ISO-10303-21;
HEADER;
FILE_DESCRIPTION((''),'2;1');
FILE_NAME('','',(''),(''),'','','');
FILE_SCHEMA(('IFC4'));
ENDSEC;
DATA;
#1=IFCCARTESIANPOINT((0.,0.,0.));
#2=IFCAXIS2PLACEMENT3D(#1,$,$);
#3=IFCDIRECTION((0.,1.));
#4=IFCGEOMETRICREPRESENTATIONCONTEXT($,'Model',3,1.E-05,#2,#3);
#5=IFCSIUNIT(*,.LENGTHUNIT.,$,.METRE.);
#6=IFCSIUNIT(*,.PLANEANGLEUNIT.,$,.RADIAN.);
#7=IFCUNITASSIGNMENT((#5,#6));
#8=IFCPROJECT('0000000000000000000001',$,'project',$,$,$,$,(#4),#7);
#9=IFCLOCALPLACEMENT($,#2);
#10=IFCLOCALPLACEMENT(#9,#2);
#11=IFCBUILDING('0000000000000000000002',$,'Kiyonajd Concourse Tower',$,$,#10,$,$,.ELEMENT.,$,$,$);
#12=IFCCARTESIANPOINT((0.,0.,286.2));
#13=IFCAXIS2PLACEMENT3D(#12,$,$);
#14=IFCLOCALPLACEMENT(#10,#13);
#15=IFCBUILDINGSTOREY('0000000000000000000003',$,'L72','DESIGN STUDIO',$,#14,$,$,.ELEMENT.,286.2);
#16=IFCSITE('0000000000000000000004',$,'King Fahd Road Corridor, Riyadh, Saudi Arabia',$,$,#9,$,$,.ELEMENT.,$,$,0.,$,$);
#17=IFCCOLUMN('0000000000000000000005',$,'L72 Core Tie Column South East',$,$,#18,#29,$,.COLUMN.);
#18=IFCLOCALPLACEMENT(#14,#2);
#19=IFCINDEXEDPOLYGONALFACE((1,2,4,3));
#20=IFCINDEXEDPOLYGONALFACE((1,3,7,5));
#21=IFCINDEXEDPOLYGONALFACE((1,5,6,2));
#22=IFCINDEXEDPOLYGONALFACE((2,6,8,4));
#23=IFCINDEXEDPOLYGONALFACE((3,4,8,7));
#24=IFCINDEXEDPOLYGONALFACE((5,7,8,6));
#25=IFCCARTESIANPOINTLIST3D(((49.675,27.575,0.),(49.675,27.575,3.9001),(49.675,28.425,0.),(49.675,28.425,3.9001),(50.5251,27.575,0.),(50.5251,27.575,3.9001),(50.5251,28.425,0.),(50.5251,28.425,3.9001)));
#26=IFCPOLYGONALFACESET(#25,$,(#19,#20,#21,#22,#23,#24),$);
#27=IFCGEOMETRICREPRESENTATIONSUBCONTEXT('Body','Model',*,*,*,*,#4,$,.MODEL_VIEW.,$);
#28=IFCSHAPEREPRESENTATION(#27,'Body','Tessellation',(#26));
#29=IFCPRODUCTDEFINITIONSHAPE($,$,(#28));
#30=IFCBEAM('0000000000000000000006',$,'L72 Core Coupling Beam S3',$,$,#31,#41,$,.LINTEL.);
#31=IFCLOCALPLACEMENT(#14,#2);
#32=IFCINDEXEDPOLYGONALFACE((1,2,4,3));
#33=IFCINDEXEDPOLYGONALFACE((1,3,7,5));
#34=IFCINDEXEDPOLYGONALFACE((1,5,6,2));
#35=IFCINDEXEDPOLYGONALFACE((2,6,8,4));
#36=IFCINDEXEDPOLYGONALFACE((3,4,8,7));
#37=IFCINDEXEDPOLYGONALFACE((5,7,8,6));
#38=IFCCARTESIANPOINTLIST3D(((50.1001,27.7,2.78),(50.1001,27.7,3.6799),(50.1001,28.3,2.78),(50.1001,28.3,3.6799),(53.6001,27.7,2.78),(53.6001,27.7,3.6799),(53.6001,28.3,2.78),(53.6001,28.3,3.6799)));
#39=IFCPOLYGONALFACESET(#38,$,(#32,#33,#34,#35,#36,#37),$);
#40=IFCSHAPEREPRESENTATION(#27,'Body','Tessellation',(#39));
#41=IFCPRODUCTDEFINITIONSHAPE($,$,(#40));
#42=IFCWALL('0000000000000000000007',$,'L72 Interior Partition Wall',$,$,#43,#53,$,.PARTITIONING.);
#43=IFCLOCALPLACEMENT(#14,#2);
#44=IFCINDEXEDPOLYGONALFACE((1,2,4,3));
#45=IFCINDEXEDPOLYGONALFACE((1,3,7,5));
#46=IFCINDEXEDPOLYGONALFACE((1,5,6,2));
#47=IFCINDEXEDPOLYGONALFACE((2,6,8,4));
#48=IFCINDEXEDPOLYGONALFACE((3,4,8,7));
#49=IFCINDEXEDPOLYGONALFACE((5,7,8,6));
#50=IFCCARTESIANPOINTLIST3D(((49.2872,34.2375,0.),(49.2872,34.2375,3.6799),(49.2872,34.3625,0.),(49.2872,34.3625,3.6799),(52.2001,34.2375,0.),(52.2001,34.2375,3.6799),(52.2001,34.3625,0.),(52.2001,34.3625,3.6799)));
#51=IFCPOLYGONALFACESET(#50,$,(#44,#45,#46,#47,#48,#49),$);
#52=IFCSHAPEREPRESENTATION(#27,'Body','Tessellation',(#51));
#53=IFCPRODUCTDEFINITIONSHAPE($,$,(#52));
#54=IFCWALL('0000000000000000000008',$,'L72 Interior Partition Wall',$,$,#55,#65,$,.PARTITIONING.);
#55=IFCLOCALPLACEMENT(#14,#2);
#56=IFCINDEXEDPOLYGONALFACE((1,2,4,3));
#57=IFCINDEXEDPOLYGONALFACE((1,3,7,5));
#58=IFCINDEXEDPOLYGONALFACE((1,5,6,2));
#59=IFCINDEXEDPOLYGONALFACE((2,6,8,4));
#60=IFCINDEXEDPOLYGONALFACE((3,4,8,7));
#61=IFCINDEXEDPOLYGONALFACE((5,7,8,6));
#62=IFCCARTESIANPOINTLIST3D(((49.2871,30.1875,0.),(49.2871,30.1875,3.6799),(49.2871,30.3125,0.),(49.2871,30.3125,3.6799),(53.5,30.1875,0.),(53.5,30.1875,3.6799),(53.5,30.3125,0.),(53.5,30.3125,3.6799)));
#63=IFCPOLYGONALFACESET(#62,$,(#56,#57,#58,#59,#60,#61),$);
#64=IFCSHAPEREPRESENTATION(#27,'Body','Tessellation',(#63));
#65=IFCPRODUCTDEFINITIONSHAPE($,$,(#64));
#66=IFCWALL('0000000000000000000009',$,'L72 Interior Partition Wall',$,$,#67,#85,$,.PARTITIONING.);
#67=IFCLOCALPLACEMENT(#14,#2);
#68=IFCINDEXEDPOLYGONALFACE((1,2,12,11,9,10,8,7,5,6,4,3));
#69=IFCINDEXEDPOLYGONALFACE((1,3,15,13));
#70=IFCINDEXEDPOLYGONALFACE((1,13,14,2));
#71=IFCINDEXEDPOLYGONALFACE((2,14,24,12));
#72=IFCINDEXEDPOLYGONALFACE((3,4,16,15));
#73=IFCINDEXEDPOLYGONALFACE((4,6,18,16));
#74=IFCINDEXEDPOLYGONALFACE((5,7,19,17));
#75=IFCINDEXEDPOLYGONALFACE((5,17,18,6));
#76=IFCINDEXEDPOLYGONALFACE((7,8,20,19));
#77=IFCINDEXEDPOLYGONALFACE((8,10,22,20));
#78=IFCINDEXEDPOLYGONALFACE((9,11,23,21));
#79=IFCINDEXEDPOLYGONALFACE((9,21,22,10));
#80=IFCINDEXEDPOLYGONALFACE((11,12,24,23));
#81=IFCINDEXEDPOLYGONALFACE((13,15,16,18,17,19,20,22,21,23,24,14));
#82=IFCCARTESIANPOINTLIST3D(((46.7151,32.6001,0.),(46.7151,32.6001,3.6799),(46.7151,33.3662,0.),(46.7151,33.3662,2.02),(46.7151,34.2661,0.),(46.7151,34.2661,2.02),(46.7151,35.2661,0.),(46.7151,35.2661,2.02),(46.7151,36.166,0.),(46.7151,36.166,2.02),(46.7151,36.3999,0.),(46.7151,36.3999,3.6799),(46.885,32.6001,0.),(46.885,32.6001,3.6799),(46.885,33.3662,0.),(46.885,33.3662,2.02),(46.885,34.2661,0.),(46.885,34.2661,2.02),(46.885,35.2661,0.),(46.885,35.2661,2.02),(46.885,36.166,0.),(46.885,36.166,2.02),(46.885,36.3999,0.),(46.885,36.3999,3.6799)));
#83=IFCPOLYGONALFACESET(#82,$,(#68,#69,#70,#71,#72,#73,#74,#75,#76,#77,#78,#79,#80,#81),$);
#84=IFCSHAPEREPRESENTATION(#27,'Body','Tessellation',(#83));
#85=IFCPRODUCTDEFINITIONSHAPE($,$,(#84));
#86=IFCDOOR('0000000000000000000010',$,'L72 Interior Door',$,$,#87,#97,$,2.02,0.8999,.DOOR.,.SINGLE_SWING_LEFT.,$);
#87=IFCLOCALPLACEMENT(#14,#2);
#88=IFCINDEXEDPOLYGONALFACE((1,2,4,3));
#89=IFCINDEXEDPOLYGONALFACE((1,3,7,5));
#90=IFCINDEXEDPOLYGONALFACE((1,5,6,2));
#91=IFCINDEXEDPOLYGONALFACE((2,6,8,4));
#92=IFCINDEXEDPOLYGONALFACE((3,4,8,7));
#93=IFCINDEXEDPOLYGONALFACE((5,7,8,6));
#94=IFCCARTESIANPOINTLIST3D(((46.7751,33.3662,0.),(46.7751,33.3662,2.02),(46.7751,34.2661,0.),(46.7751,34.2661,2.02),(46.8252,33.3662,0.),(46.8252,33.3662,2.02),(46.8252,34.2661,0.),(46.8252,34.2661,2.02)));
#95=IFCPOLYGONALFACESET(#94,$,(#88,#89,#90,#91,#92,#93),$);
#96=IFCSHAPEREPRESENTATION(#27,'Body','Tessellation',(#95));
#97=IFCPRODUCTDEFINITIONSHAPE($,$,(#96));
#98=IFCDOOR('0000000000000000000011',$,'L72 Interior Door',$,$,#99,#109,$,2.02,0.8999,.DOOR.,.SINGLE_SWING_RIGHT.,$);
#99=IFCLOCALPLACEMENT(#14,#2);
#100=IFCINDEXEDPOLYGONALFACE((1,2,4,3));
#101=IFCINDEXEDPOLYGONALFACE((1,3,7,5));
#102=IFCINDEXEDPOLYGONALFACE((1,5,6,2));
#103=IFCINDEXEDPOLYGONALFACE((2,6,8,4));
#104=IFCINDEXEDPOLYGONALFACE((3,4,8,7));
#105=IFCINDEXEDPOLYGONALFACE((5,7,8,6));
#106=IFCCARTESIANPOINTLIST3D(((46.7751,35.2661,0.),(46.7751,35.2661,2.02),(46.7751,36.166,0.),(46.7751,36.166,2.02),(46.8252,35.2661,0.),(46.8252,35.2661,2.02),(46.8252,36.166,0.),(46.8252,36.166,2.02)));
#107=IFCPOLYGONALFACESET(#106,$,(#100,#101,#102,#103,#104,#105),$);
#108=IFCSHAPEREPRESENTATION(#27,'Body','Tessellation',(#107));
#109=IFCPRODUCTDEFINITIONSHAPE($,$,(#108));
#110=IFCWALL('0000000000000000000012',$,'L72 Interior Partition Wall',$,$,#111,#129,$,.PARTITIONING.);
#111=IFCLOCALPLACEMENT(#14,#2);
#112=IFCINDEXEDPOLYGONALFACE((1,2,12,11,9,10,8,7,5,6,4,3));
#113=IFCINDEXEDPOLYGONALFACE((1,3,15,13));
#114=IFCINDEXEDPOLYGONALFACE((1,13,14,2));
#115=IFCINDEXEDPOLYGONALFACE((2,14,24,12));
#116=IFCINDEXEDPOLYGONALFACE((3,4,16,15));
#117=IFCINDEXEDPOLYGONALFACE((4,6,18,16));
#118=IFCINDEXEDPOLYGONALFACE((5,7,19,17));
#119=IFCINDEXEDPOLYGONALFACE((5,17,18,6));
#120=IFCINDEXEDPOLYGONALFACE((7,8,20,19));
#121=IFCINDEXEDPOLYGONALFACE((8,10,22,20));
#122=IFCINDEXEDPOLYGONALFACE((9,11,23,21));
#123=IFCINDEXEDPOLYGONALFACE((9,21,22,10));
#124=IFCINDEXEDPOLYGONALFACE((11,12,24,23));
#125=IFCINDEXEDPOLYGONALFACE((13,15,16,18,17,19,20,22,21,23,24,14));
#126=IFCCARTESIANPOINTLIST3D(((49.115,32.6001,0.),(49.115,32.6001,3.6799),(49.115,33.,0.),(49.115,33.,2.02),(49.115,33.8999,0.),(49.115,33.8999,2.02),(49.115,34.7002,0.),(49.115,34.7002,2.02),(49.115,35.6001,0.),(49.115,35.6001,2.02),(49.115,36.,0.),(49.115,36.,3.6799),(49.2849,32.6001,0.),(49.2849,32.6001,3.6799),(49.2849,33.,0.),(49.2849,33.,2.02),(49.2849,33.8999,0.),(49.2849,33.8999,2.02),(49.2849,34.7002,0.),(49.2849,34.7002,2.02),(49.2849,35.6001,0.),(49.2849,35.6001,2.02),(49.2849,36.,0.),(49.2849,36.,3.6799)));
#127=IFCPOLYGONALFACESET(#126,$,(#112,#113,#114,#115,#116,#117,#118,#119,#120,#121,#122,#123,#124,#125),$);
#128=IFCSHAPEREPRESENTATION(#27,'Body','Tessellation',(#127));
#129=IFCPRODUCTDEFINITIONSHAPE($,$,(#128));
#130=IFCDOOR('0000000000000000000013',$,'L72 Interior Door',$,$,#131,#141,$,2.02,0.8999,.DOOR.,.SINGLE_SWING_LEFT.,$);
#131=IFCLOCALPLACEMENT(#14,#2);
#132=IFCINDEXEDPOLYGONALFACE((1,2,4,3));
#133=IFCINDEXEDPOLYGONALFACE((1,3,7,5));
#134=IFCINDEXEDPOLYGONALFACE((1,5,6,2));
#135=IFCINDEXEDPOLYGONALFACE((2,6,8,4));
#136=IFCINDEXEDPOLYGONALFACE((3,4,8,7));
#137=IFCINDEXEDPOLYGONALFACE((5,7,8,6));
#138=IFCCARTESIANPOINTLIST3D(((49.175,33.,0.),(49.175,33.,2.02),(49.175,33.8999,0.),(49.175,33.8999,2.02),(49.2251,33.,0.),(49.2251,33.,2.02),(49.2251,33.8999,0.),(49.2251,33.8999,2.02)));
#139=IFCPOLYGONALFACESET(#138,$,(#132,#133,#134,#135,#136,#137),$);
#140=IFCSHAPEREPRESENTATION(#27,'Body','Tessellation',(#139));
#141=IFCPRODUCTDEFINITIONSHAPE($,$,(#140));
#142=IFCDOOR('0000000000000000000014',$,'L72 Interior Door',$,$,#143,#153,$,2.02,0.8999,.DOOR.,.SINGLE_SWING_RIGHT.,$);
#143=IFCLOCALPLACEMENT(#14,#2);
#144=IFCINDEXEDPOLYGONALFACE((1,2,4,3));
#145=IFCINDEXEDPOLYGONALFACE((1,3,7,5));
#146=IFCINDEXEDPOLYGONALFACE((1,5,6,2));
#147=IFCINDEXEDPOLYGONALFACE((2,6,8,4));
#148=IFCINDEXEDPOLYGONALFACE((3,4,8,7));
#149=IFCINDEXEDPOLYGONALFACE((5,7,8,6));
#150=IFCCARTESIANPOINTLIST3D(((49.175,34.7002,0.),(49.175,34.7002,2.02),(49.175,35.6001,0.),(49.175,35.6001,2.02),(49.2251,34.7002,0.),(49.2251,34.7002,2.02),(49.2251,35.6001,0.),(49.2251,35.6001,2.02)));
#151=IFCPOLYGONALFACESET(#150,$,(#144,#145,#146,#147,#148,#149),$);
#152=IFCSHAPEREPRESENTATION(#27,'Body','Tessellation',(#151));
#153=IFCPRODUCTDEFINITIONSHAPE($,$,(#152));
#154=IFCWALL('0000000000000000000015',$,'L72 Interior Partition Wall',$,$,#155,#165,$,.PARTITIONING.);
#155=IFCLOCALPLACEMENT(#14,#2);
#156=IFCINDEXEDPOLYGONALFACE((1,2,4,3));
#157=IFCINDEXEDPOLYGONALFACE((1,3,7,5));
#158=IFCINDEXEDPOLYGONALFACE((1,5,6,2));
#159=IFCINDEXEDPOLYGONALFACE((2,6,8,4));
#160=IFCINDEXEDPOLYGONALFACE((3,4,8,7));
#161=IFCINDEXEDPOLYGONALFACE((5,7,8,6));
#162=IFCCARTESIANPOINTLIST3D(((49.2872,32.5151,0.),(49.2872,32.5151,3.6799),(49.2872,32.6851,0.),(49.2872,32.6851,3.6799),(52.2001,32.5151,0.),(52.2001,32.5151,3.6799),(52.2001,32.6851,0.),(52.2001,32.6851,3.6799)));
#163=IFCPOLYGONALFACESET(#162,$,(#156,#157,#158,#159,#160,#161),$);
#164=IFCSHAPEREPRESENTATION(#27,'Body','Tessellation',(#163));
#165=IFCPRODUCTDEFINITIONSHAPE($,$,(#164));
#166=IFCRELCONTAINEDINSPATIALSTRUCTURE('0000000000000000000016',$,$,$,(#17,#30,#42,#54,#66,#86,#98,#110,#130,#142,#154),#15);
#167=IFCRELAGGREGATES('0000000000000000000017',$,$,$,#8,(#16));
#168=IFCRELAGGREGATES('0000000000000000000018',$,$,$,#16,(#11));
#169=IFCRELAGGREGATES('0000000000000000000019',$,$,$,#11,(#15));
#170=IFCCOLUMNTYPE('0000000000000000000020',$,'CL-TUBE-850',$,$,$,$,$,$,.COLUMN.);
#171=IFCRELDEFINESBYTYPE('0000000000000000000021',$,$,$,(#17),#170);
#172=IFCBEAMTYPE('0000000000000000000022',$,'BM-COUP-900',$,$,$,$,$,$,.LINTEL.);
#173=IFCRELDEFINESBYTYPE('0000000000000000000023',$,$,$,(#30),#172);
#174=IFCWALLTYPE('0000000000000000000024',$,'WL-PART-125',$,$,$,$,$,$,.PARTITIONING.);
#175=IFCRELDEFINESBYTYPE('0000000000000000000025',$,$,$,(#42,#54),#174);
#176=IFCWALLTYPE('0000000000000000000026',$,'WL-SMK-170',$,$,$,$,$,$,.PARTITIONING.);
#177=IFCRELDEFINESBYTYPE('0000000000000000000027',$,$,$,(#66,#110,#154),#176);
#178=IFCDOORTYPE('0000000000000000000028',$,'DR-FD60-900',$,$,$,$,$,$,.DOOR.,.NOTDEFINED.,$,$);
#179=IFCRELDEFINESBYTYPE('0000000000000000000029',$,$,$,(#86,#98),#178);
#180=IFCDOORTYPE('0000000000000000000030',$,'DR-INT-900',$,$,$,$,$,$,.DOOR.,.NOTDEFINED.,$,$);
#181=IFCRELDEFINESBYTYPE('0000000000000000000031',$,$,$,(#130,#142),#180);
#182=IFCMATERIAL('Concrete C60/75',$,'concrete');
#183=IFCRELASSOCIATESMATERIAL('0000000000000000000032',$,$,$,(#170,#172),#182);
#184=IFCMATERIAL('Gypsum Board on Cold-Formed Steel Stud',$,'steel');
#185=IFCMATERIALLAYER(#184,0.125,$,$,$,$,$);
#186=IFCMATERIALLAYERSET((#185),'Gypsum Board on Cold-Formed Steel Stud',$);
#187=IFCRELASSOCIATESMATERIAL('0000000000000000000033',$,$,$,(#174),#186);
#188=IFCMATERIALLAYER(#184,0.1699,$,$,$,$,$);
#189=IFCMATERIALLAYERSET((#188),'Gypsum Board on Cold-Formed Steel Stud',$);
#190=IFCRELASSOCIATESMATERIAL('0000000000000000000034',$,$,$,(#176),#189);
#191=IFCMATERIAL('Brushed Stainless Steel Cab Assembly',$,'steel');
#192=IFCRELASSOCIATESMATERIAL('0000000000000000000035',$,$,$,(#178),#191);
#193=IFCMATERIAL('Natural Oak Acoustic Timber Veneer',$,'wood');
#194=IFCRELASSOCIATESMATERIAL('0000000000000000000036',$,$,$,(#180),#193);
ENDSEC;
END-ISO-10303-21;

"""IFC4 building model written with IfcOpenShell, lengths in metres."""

from ifc_helpers import new_model, si_unit, direction, frame, frame_2d, origin, origin_2d, place, context, subcontext, project, spatial, rectangle, extrude, material, layer, layer_set, material_profile, profile_set, type_object, element, fill, save


model = new_model("IFC4")

# Units and contexts
model_context = context("Model", 3, precision=1e-05, world=origin(), true_north=direction((0.0, 1.0)))
body_context = subcontext(model_context, "Body", "Model", "MODEL_VIEW")
ifc_project = project(units=[si_unit("LENGTHUNIT", "METRE"), si_unit("PLANEANGLEUNIT", "RADIAN")], contexts=[model_context])

# Site, building, storey
site_placement = place(None, origin())
site = spatial("IfcSite", under=ifc_project, at=site_placement, Name="King Fahd Road Corridor, Riyadh, Saudi Arabia", CompositionType="ELEMENT", RefElevation=0.0)
building_placement = place(site_placement, origin())
building = spatial("IfcBuilding", under=site, at=building_placement, Name="Kiyonajd Concourse Tower", CompositionType="ELEMENT")
storey_placement = place(building_placement, frame((0.0, 0.0, 286.2)))
storey = spatial("IfcBuildingStorey", under=building, at=storey_placement, Name="L72", Description="DESIGN STUDIO", CompositionType="ELEMENT", Elevation=286.2)

# Column
ifc_material_1 = material(Name="Concrete C60/75", Category="concrete")
ifc_material_profile_1 = material_profile(ifc_material_1, rectangle(XDim=0.8501, YDim=0.8501, at=origin_2d()), Name="RC-850x850")
ifc_profile_set_1 = profile_set([ifc_material_profile_1], Name="Concrete C60/75")
column_type = type_object("IfcColumnType", Name="CL-TUBE-850", PredefinedType="COLUMN", material=ifc_profile_set_1)
column_placement = place(storey_placement, frame((50.1001, 28.0, 0.0), z_axis=(0.0, 0.0, 1.0), x_axis=(1.0, 0.0, 0.0)))
element("IfcColumn", 1, at=column_placement, inside=storey, type_object=column_type, Name="L72 Core Tie Column South East", PredefinedType="COLUMN", context=body_context, shape_type="SweptSolid", body=[
    extrude(rectangle(XDim=0.8501, YDim=0.8501, at=origin_2d()), origin(), (0.0, 0.0, 1.0), 3.9001),
])

# Beam
ifc_material_profile_2 = material_profile(ifc_material_1, rectangle(XDim=0.6001, YDim=0.8999, at=origin_2d()), Name="RCBM-600x900")
ifc_profile_set_2 = profile_set([ifc_material_profile_2], Name="Concrete C60/75")
beam_type = type_object("IfcBeamType", Name="BM-COUP-900", PredefinedType="LINTEL", material=ifc_profile_set_2)
beam_placement = place(storey_placement, frame((50.1001, 28.0, 3.23), z_axis=(1.0, 0.0, 0.0), x_axis=(0.0, 1.0, 0.0)))
element("IfcBeam", 2, at=beam_placement, inside=storey, type_object=beam_type, Name="L72 Core Coupling Beam S3", PredefinedType="LINTEL", context=body_context, shape_type="SweptSolid", body=[
    extrude(rectangle(XDim=0.6001, YDim=0.8999, at=origin_2d()), origin(), (0.0, 0.0, 1.0), 3.5),
])

# Walls
ifc_material_2 = material(Name="Gypsum Board on Cold-Formed Steel Stud", Category="steel")
ifc_layer_1 = layer(ifc_material_2, 0.125)
ifc_layer_set_1 = layer_set([ifc_layer_1], Name="Gypsum Board on Cold-Formed Steel Stud")
wall_type_1 = type_object("IfcWallType", Name="WL-PART-125", PredefinedType="PARTITIONING", material=ifc_layer_set_1)
wall_1_placement = place(storey_placement, frame((49.2871, 34.3, 0.0), z_axis=(0.0, 0.0, 1.0), x_axis=(1.0, 0.0, 0.0)))
element("IfcWall", 3, at=wall_1_placement, inside=storey, type_object=wall_type_1, Name="L72 Interior Partition Wall", PredefinedType="PARTITIONING", context=body_context, shape_type="SweptSolid", body=[
    extrude(rectangle(XDim=2.9128, YDim=0.125, at=frame_2d((1.4565, 0.0))), origin(), (0.0, 0.0, 1.0), 3.6799),
])
wall_2_placement = place(storey_placement, frame((49.2871, 30.25, 0.0), z_axis=(0.0, 0.0, 1.0), x_axis=(1.0, 0.0, 0.0)))
element("IfcWall", 4, at=wall_2_placement, inside=storey, type_object=wall_type_1, Name="L72 Interior Partition Wall", PredefinedType="PARTITIONING", context=body_context, shape_type="SweptSolid", body=[
    extrude(rectangle(XDim=4.2129, YDim=0.125, at=frame_2d((2.1064, 0.0))), origin(), (0.0, 0.0, 1.0), 3.6799),
])

# Walls, openings, doors
ifc_layer_2 = layer(ifc_material_2, 0.1699)
ifc_layer_set_2 = layer_set([ifc_layer_2], Name="Gypsum Board on Cold-Formed Steel Stud")
wall_type_2 = type_object("IfcWallType", Name="WL-SMK-170", PredefinedType="PARTITIONING", material=ifc_layer_set_2)
wall_3_placement = place(storey_placement, frame((46.8, 32.6001, 0.0), z_axis=(0.0, 0.0, 1.0), x_axis=(0.0, 1.0, 0.0)))
wall_3 = element("IfcWall", 5, at=wall_3_placement, inside=storey, type_object=wall_type_2, Name="L72 Interior Partition Wall", PredefinedType="PARTITIONING", context=body_context, shape_type="SweptSolid", body=[
    extrude(rectangle(XDim=3.7998, YDim=0.1699, at=frame_2d((1.8999, 0.0))), origin(), (0.0, 0.0, 1.0), 3.6799),
])
opening_1_placement = place(wall_3_placement, frame((0.7661, 0.0, 0.0)))
opening_1 = element("IfcOpeningElement", 6, at=opening_1_placement, cuts=wall_3, PredefinedType="OPENING", context=body_context, shape_type="SweptSolid", body=[
    extrude(rectangle(XDim=0.8999, YDim=2.02, at=frame_2d((0.45, 1.01))), frame((0.0, 0.095, 0.0), z_axis=(0.0, -1.0, 0.0), x_axis=(1.0, 0.0, 0.0)), (0.0, 0.0, 1.0), 0.1899),
])
opening_2_placement = place(wall_3_placement, frame((2.666, 0.0, 0.0)))
opening_2 = element("IfcOpeningElement", 7, at=opening_2_placement, cuts=wall_3, PredefinedType="OPENING", context=body_context, shape_type="SweptSolid", body=[
    extrude(rectangle(XDim=0.8999, YDim=2.02, at=frame_2d((0.45, 1.01))), frame((0.0, 0.095, 0.0), z_axis=(0.0, -1.0, 0.0), x_axis=(1.0, 0.0, 0.0)), (0.0, 0.0, 1.0), 0.1899),
])
ifc_material_3 = material(Name="Brushed Stainless Steel Cab Assembly", Category="steel")
door_type_1 = type_object("IfcDoorType", Name="DR-FD60-900", OperationType="NOTDEFINED", PredefinedType="DOOR", material=ifc_material_3)
door_1_placement = place(opening_1_placement, origin())
door_1 = element("IfcDoor", 8, at=door_1_placement, inside=storey, type_object=door_type_1, Name="L72 Interior Door", OperationType="SINGLE_SWING_LEFT", OverallHeight=2.02, OverallWidth=0.8999, PredefinedType="DOOR", context=body_context, shape_type="SweptSolid", body=[
    extrude(rectangle(XDim=0.8999, YDim=2.02, at=frame_2d((0.45, 1.01))), frame((0.0, 0.0249, 0.0), z_axis=(0.0, -1.0, 0.0), x_axis=(1.0, 0.0, 0.0)), (0.0, 0.0, 1.0), 0.05),
])
fill(opening_1, door_1)
door_2_placement = place(opening_2_placement, origin())
door_2 = element("IfcDoor", 9, at=door_2_placement, inside=storey, type_object=door_type_1, Name="L72 Interior Door", OperationType="SINGLE_SWING_RIGHT", OverallHeight=2.02, OverallWidth=0.8999, PredefinedType="DOOR", context=body_context, shape_type="SweptSolid", body=[
    extrude(rectangle(XDim=0.8999, YDim=2.02, at=frame_2d((0.45, 1.01))), frame((0.0, 0.0249, 0.0), z_axis=(0.0, -1.0, 0.0), x_axis=(1.0, 0.0, 0.0)), (0.0, 0.0, 1.0), 0.05),
])
fill(opening_2, door_2)
wall_4_placement = place(storey_placement, frame((49.2, 32.6001, 0.0), z_axis=(0.0, 0.0, 1.0), x_axis=(0.0, 1.0, 0.0)))
wall_4 = element("IfcWall", 10, at=wall_4_placement, inside=storey, type_object=wall_type_2, Name="L72 Interior Partition Wall", PredefinedType="PARTITIONING", context=body_context, shape_type="SweptSolid", body=[
    extrude(rectangle(XDim=3.3999, YDim=0.1699, at=frame_2d((1.7, 0.0))), origin(), (0.0, 0.0, 1.0), 3.6799),
])
opening_3_placement = place(wall_4_placement, frame((0.3999, 0.0, 0.0)))
opening_3 = element("IfcOpeningElement", 11, at=opening_3_placement, cuts=wall_4, PredefinedType="OPENING", context=body_context, shape_type="SweptSolid", body=[
    extrude(rectangle(XDim=0.8999, YDim=2.02, at=frame_2d((0.45, 1.01))), frame((0.0, 0.095, 0.0), z_axis=(0.0, -1.0, 0.0), x_axis=(1.0, 0.0, 0.0)), (0.0, 0.0, 1.0), 0.1899),
])
opening_4_placement = place(wall_4_placement, frame((2.1001, 0.0, 0.0)))
opening_4 = element("IfcOpeningElement", 12, at=opening_4_placement, cuts=wall_4, PredefinedType="OPENING", context=body_context, shape_type="SweptSolid", body=[
    extrude(rectangle(XDim=0.8999, YDim=2.02, at=frame_2d((0.45, 1.01))), frame((0.0, 0.095, 0.0), z_axis=(0.0, -1.0, 0.0), x_axis=(1.0, 0.0, 0.0)), (0.0, 0.0, 1.0), 0.1899),
])
ifc_material_4 = material(Name="Natural Oak Acoustic Timber Veneer", Category="wood")
door_type_2 = type_object("IfcDoorType", Name="DR-INT-900", OperationType="NOTDEFINED", PredefinedType="DOOR", material=ifc_material_4)
door_3_placement = place(opening_3_placement, origin())
door_3 = element("IfcDoor", 13, at=door_3_placement, inside=storey, type_object=door_type_2, Name="L72 Interior Door", OperationType="SINGLE_SWING_LEFT", OverallHeight=2.02, OverallWidth=0.8999, PredefinedType="DOOR", context=body_context, shape_type="SweptSolid", body=[
    extrude(rectangle(XDim=0.8999, YDim=2.02, at=frame_2d((0.45, 1.01))), frame((0.0, 0.0249, 0.0), z_axis=(0.0, -1.0, 0.0), x_axis=(1.0, 0.0, 0.0)), (0.0, 0.0, 1.0), 0.05),
])
fill(opening_3, door_3)
door_4_placement = place(opening_4_placement, origin())
door_4 = element("IfcDoor", 14, at=door_4_placement, inside=storey, type_object=door_type_2, Name="L72 Interior Door", OperationType="SINGLE_SWING_RIGHT", OverallHeight=2.02, OverallWidth=0.8999, PredefinedType="DOOR", context=body_context, shape_type="SweptSolid", body=[
    extrude(rectangle(XDim=0.8999, YDim=2.02, at=frame_2d((0.45, 1.01))), frame((0.0, 0.0249, 0.0), z_axis=(0.0, -1.0, 0.0), x_axis=(1.0, 0.0, 0.0)), (0.0, 0.0, 1.0), 0.05),
])
fill(opening_4, door_4)

# Wall
for number, where, z_axis, x_axis, name in (
    (15, (49.2871, 32.6001, 0.0), (0.0, 0.0, 1.0), (1.0, 0.0, 0.0), "L72 Interior Partition Wall"),
):
    element("IfcWall", number, at=place(storey_placement, frame(where, z_axis=z_axis, x_axis=x_axis)), inside=storey, type_object=wall_type_2, Name=name, PredefinedType="PARTITIONING", context=body_context, shape_type="SweptSolid", body=[
        extrude(rectangle(XDim=2.9128, YDim=0.1699, at=frame_2d((1.4565, 0.0))), origin(), (0.0, 0.0, 1.0), 3.6799),
    ])

save(model, "model.ifc")
